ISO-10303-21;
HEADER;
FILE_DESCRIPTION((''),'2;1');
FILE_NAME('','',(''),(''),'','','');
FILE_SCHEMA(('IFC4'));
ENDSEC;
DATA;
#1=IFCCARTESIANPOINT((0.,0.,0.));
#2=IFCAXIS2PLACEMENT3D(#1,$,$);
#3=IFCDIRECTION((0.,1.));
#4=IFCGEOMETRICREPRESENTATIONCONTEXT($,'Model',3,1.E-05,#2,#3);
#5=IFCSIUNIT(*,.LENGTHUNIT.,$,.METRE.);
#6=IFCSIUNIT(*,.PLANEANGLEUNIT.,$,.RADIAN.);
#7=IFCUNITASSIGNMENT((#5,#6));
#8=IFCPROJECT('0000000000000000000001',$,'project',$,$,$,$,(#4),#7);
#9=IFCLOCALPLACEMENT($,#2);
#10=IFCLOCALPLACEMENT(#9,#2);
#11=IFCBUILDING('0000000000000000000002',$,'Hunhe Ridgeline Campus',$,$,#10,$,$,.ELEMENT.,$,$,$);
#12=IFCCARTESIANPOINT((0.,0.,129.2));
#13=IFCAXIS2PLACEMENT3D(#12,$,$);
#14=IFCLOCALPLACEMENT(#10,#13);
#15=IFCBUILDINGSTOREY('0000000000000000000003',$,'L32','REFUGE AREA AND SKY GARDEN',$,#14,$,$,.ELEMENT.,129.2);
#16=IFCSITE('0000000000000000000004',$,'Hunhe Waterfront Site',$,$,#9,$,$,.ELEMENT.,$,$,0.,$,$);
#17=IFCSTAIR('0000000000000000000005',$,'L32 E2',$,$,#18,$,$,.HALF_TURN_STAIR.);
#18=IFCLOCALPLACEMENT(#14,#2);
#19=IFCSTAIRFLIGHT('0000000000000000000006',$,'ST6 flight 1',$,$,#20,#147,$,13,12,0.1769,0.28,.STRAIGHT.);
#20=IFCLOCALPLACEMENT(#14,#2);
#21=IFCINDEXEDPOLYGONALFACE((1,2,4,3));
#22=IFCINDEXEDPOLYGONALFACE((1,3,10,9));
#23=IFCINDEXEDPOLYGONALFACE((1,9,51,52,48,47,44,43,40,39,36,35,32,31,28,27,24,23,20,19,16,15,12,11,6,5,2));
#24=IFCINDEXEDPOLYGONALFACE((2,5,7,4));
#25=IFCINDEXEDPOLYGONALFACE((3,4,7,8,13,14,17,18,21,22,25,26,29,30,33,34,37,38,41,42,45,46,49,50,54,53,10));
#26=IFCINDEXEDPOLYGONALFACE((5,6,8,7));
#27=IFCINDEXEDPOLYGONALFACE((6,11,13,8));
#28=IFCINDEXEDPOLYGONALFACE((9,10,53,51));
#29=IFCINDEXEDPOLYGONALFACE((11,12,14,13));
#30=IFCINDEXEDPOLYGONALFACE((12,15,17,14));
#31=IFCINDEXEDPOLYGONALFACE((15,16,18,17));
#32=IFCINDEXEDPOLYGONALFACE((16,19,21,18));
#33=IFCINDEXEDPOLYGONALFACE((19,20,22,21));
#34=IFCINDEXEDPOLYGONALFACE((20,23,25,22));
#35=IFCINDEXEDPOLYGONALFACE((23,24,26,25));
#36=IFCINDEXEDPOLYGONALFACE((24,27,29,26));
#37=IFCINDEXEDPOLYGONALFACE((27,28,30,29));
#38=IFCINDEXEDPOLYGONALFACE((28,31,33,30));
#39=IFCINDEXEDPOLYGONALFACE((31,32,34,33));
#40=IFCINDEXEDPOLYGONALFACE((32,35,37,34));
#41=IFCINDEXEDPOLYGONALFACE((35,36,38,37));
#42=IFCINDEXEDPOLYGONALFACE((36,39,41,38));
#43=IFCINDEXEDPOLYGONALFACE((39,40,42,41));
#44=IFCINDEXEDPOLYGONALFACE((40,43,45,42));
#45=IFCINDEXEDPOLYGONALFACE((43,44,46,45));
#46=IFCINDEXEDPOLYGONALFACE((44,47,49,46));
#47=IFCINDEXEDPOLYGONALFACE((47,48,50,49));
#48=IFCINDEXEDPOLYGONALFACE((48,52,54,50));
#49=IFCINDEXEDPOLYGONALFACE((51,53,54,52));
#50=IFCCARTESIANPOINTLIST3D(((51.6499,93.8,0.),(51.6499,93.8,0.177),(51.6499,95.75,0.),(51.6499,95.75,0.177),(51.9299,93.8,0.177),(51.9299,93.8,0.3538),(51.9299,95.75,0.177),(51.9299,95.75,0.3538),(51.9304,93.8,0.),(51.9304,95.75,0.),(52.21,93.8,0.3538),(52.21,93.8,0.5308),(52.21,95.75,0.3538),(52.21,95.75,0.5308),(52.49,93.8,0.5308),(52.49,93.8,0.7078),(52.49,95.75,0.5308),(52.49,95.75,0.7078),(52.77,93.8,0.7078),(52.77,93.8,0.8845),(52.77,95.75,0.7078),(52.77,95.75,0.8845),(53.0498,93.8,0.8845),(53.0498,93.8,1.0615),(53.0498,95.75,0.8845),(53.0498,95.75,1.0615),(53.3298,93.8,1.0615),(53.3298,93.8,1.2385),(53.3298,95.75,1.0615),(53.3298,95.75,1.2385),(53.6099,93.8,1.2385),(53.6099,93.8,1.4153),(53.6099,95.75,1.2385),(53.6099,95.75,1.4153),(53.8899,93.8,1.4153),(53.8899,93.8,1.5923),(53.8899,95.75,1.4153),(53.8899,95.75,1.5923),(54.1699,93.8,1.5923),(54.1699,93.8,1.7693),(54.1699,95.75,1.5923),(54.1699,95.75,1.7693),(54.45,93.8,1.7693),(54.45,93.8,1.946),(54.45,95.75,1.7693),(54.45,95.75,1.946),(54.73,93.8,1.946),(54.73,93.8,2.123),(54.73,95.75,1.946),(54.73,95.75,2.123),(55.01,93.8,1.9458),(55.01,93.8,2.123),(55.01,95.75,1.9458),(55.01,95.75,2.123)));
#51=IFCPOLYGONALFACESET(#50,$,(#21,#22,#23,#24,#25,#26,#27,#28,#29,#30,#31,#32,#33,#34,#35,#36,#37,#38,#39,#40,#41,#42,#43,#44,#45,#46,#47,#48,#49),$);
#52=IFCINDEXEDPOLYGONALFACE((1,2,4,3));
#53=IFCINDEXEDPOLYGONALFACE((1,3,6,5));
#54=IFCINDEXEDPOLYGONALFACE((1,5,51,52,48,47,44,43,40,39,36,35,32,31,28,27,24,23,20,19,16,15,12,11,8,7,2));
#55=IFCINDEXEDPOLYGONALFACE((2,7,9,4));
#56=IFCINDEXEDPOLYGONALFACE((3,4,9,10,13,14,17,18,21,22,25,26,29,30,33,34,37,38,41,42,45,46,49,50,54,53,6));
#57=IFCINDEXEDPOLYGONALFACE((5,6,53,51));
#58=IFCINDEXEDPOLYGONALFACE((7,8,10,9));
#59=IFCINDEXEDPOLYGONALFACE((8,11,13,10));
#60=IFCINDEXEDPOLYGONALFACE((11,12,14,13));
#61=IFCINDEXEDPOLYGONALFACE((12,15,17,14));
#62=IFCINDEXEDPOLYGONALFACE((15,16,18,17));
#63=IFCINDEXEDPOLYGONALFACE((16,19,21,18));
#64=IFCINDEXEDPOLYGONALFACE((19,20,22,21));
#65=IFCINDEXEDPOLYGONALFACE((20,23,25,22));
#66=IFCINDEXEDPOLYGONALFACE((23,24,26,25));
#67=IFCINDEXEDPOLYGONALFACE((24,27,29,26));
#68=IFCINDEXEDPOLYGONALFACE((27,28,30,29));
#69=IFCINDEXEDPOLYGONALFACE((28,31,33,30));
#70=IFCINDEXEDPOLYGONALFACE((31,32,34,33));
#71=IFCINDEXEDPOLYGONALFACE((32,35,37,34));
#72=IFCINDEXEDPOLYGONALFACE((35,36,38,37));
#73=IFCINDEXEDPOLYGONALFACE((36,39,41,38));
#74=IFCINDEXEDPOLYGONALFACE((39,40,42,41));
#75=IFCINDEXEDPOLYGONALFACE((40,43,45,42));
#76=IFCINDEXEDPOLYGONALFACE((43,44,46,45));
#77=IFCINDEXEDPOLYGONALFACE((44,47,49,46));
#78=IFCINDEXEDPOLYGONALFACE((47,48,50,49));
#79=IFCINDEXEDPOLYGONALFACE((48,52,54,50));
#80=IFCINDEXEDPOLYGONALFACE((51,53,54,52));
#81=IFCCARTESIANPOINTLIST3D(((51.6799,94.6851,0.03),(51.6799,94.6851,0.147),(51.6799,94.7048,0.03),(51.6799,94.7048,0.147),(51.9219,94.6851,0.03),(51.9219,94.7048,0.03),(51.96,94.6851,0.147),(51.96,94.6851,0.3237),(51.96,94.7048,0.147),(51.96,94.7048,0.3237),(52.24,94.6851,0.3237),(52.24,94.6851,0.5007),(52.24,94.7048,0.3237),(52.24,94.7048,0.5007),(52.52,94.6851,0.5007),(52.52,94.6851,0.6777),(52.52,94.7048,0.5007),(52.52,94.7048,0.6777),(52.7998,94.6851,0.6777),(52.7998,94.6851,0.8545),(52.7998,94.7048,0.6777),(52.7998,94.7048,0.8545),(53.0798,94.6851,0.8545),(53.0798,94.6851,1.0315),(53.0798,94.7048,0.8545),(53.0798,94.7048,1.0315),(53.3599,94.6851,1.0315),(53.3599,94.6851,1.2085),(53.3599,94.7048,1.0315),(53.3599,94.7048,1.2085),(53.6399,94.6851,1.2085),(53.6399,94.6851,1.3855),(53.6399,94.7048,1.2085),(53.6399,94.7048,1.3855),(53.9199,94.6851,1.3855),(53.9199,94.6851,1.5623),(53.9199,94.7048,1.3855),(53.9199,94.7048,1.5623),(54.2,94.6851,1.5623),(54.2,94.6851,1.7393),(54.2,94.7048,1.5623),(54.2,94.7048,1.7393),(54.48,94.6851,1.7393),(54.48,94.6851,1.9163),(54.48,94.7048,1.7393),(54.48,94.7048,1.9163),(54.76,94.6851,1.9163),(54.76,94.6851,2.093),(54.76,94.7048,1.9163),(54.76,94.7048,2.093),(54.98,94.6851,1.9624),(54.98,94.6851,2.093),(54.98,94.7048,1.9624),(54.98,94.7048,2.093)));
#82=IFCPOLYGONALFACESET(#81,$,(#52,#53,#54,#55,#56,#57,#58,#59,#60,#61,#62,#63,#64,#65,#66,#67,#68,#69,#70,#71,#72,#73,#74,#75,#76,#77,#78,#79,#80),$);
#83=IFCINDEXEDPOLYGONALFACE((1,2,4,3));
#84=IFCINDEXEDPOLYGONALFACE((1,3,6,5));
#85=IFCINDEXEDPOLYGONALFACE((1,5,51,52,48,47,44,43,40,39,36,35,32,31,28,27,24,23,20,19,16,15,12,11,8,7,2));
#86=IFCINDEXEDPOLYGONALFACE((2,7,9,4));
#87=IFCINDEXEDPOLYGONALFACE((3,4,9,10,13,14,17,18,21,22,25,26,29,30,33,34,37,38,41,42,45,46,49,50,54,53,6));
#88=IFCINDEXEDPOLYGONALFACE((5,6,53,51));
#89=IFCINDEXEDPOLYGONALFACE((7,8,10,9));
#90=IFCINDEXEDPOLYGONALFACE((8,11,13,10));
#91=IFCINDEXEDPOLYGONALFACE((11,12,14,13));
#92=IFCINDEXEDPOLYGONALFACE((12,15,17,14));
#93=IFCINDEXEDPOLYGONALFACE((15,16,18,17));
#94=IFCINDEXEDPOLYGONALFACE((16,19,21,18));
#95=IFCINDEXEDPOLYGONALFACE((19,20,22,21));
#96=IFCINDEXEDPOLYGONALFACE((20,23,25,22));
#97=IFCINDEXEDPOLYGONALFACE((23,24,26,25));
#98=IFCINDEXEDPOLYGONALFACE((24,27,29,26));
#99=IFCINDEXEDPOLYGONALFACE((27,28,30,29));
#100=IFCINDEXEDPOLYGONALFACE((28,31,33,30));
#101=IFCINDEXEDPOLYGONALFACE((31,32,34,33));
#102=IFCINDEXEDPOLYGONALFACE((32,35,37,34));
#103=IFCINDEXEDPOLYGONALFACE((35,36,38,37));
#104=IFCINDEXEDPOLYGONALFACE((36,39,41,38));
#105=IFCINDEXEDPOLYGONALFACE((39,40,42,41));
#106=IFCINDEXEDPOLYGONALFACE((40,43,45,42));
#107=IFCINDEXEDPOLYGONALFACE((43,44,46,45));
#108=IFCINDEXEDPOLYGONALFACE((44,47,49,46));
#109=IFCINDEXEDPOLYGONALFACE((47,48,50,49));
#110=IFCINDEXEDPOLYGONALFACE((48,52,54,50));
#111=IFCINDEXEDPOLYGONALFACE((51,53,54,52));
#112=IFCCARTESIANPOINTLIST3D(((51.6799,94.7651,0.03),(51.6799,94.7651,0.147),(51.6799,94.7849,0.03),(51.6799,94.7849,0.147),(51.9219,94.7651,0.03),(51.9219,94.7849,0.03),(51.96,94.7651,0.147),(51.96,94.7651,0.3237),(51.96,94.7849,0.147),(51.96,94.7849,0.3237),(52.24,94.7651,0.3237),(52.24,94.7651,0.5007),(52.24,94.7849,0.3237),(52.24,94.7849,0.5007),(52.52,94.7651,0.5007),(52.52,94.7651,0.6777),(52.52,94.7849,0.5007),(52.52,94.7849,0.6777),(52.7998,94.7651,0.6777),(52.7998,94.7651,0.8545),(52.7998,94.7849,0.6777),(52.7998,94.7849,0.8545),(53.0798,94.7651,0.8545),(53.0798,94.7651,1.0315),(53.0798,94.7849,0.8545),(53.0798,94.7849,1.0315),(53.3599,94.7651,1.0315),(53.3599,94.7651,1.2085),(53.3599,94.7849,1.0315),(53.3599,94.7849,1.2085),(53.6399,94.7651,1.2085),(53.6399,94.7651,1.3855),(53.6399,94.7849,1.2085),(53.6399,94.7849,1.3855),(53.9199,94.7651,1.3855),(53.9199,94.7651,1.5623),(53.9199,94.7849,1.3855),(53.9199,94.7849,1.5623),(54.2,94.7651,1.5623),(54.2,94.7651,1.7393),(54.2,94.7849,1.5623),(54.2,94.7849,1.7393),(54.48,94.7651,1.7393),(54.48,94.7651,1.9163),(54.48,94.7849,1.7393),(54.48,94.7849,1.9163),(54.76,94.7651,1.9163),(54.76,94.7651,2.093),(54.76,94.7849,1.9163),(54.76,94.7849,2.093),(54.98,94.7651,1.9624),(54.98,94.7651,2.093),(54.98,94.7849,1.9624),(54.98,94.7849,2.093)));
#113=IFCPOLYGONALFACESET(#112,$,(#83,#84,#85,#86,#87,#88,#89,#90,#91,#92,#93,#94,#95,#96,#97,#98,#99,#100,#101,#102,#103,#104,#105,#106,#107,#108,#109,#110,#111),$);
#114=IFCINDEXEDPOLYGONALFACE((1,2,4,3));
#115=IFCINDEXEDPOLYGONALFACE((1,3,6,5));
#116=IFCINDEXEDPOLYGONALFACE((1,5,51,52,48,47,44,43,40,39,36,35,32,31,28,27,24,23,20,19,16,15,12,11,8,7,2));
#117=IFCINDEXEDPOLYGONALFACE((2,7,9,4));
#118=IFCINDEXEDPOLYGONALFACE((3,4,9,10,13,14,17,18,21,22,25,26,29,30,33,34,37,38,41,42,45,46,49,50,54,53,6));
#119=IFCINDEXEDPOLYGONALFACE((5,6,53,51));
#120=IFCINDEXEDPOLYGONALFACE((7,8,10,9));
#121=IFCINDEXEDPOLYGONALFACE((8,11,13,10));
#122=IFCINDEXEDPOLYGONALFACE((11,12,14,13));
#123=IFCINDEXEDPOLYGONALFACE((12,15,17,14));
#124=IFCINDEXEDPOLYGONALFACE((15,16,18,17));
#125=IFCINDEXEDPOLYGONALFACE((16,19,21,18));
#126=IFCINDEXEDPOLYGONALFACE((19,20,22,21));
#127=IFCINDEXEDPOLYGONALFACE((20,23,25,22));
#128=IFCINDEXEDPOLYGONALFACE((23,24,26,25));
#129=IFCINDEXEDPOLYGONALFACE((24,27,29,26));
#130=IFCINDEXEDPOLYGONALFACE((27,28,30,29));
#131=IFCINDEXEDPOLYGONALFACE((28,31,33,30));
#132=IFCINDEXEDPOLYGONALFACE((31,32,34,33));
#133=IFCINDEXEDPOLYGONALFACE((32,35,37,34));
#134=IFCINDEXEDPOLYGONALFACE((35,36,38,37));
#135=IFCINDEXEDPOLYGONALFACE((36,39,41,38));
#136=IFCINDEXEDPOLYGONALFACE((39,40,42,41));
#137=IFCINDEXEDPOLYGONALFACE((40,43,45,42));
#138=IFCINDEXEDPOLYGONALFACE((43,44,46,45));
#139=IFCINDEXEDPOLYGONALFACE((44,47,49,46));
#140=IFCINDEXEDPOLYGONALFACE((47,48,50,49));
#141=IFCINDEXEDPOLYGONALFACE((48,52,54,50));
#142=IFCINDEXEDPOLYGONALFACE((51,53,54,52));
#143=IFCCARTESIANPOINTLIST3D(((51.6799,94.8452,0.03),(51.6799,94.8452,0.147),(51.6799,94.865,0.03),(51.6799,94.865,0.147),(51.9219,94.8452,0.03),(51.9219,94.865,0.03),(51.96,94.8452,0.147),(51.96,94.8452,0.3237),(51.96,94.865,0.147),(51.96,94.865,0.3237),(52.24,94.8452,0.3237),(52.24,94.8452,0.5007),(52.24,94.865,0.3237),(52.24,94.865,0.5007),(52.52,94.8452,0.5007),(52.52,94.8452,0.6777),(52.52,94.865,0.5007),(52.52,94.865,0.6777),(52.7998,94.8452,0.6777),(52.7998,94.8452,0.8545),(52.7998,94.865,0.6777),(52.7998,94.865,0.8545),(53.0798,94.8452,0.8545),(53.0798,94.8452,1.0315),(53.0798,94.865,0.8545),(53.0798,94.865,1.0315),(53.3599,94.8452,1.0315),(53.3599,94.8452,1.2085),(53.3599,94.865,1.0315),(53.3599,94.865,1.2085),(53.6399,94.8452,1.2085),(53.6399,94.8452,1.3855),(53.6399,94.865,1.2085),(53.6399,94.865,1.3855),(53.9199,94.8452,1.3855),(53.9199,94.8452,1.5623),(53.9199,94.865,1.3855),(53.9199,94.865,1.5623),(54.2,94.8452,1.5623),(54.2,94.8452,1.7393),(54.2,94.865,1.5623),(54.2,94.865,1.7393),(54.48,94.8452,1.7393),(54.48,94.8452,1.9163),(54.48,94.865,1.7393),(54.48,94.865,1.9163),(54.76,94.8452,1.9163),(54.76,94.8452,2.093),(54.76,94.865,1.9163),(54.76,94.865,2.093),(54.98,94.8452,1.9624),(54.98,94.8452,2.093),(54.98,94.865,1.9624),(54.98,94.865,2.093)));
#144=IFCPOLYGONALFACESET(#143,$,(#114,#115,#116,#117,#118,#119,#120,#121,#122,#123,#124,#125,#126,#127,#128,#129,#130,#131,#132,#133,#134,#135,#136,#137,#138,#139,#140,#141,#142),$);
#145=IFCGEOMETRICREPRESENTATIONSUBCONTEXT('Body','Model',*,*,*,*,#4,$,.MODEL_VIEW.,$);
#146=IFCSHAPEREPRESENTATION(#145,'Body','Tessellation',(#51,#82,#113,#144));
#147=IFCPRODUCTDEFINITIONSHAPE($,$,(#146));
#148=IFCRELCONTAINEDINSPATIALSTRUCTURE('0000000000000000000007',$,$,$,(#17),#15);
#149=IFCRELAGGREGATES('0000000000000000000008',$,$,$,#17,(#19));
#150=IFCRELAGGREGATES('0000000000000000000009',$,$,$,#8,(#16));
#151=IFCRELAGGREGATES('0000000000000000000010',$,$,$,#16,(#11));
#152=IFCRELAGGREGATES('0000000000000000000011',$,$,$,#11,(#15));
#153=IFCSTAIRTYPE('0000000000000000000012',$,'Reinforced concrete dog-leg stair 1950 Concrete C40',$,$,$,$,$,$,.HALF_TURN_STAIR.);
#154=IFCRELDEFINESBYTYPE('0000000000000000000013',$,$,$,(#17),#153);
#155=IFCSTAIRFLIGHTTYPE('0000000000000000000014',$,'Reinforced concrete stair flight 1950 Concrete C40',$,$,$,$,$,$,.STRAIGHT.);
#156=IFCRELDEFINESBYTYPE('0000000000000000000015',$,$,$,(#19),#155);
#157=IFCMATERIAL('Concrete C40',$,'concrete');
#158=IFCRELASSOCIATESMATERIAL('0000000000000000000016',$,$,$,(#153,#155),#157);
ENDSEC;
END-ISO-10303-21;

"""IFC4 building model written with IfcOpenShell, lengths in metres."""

from ifc_helpers import new_model, si_unit, direction, frame, origin, place, context, subcontext, project, spatial, polyline, outline, extrude, material, type_object, element, aggregate, save


model = new_model("IFC4")

# Units and contexts
model_context = context("Model", 3, precision=1e-05, world=origin(), true_north=direction((0.0, 1.0)))
body_context = subcontext(model_context, "Body", "Model", "MODEL_VIEW")
ifc_project = project(units=[si_unit("LENGTHUNIT", "METRE"), si_unit("PLANEANGLEUNIT", "RADIAN")], contexts=[model_context])

# Site, building, storey
site_placement = place(None, origin())
site = spatial("IfcSite", under=ifc_project, at=site_placement, Name="Hunhe Waterfront Site", CompositionType="ELEMENT", RefElevation=0.0)
building_placement = place(site_placement, origin())
building = spatial("IfcBuilding", under=site, at=building_placement, Name="Hunhe Ridgeline Campus", CompositionType="ELEMENT")
storey_placement = place(building_placement, frame((0.0, 0.0, 129.2)))
storey = spatial("IfcBuildingStorey", under=building, at=storey_placement, Name="L32", Description="REFUGE AREA AND SKY GARDEN", CompositionType="ELEMENT", Elevation=129.2)

# Stair, stair flight
ifc_material_1 = material(Name="Concrete C40", Category="concrete")
stair_type = type_object("IfcStairType", Name="Reinforced concrete dog-leg stair 1950 Concrete C40", PredefinedType="HALF_TURN_STAIR", material=ifc_material_1)
stair_placement = place(storey_placement, origin())
stair = element("IfcStair", 1, at=stair_placement, inside=storey, type_object=stair_type, Name="L32 E2", PredefinedType="HALF_TURN_STAIR")
stair_flight_type = type_object("IfcStairFlightType", Name="Reinforced concrete stair flight 1950 Concrete C40", PredefinedType="STRAIGHT", material=ifc_material_1)
stair_flight_1_placement = place(storey_placement, frame((51.6499, 94.7749, 0.0), z_axis=(0.0, 0.0, 1.0), x_axis=(1.0, 0.0, 0.0)))
stair_flight_1 = element("IfcStairFlight", 2, at=stair_flight_1_placement, type_object=stair_flight_type, Name="ST6 flight 1", NumberOfRisers=13, NumberOfTreads=12, PredefinedType="STRAIGHT", RiserHeight=0.1769, TreadLength=0.28, context=body_context, shape_type="SweptSolid", body=[
    extrude(outline(polyline([(0.0, 0.0), (0.0, 0.177), (0.28, 0.177), (0.28, 0.3538), (0.5601, 0.3538), (0.5601, 0.5308), (0.8401, 0.5308), (0.8401, 0.7078), (1.1201, 0.7078), (1.1201, 0.8845), (1.3999, 0.8845), (1.3999, 1.0615), (1.6799, 1.0615), (1.6799, 1.2385), (1.96, 1.2385), (1.96, 1.4153), (2.24, 1.4153), (2.24, 1.5923), (2.52, 1.5923), (2.52, 1.7693), (2.8, 1.7693), (2.8, 1.946), (3.0801, 1.946), (3.0801, 2.123), (3.3601, 2.123), (3.3601, 2.3), (3.3601, 1.9458), (0.2805, 0.0), (0.0, 0.0)])), frame((0.0, 0.9751, 0.0), z_axis=(0.0, -1.0, 0.0), x_axis=(1.0, 0.0, 0.0)), (0.0, 0.0, 1.0), 1.95),
    extrude(outline(polyline([(0.03, 0.03), (0.03, 0.147), (0.3101, 0.147), (0.3101, 0.3237), (0.5901, 0.3237), (0.5901, 0.5007), (0.8701, 0.5007), (0.8701, 0.6777), (1.1499, 0.6777), (1.1499, 0.8545), (1.4299, 0.8545), (1.4299, 1.0315), (1.71, 1.0315), (1.71, 1.2085), (1.99, 1.2085), (1.99, 1.3855), (2.27, 1.3855), (2.27, 1.5623), (2.55, 1.5623), (2.55, 1.7393), (2.8301, 1.7393), (2.8301, 1.9163), (3.1101, 1.9163), (3.1101, 2.093), (3.3301, 2.093), (3.3301, 1.9624), (0.272, 0.03), (0.03, 0.03)])), frame((0.0, -0.0701, 0.0), z_axis=(0.0, -1.0, 0.0), x_axis=(1.0, 0.0, 0.0)), (0.0, 0.0, 1.0), 0.0198),
    extrude(outline(polyline([(0.03, 0.03), (0.03, 0.147), (0.3101, 0.147), (0.3101, 0.3237), (0.5901, 0.3237), (0.5901, 0.5007), (0.8701, 0.5007), (0.8701, 0.6777), (1.1499, 0.6777), (1.1499, 0.8545), (1.4299, 0.8545), (1.4299, 1.0315), (1.71, 1.0315), (1.71, 1.2085), (1.99, 1.2085), (1.99, 1.3855), (2.27, 1.3855), (2.27, 1.5623), (2.55, 1.5623), (2.55, 1.7393), (2.8301, 1.7393), (2.8301, 1.9163), (3.1101, 1.9163), (3.1101, 2.093), (3.3301, 2.093), (3.3301, 1.9624), (0.272, 0.03), (0.03, 0.03)])), frame((0.0, 0.01, 0.0), z_axis=(0.0, -1.0, 0.0), x_axis=(1.0, 0.0, 0.0)), (0.0, 0.0, 1.0), 0.0198),
    extrude(outline(polyline([(0.03, 0.03), (0.03, 0.147), (0.3101, 0.147), (0.3101, 0.3237), (0.5901, 0.3237), (0.5901, 0.5007), (0.8701, 0.5007), (0.8701, 0.6777), (1.1499, 0.6777), (1.1499, 0.8545), (1.4299, 0.8545), (1.4299, 1.0315), (1.71, 1.0315), (1.71, 1.2085), (1.99, 1.2085), (1.99, 1.3855), (2.27, 1.3855), (2.27, 1.5623), (2.55, 1.5623), (2.55, 1.7393), (2.8301, 1.7393), (2.8301, 1.9163), (3.1101, 1.9163), (3.1101, 2.093), (3.3301, 2.093), (3.3301, 1.9624), (0.272, 0.03), (0.03, 0.03)])), frame((0.0, 0.0901, 0.0), z_axis=(0.0, -1.0, 0.0), x_axis=(1.0, 0.0, 0.0)), (0.0, 0.0, 1.0), 0.0198),
])
aggregate(stair, [stair_flight_1])

save(model, "model.ifc")
